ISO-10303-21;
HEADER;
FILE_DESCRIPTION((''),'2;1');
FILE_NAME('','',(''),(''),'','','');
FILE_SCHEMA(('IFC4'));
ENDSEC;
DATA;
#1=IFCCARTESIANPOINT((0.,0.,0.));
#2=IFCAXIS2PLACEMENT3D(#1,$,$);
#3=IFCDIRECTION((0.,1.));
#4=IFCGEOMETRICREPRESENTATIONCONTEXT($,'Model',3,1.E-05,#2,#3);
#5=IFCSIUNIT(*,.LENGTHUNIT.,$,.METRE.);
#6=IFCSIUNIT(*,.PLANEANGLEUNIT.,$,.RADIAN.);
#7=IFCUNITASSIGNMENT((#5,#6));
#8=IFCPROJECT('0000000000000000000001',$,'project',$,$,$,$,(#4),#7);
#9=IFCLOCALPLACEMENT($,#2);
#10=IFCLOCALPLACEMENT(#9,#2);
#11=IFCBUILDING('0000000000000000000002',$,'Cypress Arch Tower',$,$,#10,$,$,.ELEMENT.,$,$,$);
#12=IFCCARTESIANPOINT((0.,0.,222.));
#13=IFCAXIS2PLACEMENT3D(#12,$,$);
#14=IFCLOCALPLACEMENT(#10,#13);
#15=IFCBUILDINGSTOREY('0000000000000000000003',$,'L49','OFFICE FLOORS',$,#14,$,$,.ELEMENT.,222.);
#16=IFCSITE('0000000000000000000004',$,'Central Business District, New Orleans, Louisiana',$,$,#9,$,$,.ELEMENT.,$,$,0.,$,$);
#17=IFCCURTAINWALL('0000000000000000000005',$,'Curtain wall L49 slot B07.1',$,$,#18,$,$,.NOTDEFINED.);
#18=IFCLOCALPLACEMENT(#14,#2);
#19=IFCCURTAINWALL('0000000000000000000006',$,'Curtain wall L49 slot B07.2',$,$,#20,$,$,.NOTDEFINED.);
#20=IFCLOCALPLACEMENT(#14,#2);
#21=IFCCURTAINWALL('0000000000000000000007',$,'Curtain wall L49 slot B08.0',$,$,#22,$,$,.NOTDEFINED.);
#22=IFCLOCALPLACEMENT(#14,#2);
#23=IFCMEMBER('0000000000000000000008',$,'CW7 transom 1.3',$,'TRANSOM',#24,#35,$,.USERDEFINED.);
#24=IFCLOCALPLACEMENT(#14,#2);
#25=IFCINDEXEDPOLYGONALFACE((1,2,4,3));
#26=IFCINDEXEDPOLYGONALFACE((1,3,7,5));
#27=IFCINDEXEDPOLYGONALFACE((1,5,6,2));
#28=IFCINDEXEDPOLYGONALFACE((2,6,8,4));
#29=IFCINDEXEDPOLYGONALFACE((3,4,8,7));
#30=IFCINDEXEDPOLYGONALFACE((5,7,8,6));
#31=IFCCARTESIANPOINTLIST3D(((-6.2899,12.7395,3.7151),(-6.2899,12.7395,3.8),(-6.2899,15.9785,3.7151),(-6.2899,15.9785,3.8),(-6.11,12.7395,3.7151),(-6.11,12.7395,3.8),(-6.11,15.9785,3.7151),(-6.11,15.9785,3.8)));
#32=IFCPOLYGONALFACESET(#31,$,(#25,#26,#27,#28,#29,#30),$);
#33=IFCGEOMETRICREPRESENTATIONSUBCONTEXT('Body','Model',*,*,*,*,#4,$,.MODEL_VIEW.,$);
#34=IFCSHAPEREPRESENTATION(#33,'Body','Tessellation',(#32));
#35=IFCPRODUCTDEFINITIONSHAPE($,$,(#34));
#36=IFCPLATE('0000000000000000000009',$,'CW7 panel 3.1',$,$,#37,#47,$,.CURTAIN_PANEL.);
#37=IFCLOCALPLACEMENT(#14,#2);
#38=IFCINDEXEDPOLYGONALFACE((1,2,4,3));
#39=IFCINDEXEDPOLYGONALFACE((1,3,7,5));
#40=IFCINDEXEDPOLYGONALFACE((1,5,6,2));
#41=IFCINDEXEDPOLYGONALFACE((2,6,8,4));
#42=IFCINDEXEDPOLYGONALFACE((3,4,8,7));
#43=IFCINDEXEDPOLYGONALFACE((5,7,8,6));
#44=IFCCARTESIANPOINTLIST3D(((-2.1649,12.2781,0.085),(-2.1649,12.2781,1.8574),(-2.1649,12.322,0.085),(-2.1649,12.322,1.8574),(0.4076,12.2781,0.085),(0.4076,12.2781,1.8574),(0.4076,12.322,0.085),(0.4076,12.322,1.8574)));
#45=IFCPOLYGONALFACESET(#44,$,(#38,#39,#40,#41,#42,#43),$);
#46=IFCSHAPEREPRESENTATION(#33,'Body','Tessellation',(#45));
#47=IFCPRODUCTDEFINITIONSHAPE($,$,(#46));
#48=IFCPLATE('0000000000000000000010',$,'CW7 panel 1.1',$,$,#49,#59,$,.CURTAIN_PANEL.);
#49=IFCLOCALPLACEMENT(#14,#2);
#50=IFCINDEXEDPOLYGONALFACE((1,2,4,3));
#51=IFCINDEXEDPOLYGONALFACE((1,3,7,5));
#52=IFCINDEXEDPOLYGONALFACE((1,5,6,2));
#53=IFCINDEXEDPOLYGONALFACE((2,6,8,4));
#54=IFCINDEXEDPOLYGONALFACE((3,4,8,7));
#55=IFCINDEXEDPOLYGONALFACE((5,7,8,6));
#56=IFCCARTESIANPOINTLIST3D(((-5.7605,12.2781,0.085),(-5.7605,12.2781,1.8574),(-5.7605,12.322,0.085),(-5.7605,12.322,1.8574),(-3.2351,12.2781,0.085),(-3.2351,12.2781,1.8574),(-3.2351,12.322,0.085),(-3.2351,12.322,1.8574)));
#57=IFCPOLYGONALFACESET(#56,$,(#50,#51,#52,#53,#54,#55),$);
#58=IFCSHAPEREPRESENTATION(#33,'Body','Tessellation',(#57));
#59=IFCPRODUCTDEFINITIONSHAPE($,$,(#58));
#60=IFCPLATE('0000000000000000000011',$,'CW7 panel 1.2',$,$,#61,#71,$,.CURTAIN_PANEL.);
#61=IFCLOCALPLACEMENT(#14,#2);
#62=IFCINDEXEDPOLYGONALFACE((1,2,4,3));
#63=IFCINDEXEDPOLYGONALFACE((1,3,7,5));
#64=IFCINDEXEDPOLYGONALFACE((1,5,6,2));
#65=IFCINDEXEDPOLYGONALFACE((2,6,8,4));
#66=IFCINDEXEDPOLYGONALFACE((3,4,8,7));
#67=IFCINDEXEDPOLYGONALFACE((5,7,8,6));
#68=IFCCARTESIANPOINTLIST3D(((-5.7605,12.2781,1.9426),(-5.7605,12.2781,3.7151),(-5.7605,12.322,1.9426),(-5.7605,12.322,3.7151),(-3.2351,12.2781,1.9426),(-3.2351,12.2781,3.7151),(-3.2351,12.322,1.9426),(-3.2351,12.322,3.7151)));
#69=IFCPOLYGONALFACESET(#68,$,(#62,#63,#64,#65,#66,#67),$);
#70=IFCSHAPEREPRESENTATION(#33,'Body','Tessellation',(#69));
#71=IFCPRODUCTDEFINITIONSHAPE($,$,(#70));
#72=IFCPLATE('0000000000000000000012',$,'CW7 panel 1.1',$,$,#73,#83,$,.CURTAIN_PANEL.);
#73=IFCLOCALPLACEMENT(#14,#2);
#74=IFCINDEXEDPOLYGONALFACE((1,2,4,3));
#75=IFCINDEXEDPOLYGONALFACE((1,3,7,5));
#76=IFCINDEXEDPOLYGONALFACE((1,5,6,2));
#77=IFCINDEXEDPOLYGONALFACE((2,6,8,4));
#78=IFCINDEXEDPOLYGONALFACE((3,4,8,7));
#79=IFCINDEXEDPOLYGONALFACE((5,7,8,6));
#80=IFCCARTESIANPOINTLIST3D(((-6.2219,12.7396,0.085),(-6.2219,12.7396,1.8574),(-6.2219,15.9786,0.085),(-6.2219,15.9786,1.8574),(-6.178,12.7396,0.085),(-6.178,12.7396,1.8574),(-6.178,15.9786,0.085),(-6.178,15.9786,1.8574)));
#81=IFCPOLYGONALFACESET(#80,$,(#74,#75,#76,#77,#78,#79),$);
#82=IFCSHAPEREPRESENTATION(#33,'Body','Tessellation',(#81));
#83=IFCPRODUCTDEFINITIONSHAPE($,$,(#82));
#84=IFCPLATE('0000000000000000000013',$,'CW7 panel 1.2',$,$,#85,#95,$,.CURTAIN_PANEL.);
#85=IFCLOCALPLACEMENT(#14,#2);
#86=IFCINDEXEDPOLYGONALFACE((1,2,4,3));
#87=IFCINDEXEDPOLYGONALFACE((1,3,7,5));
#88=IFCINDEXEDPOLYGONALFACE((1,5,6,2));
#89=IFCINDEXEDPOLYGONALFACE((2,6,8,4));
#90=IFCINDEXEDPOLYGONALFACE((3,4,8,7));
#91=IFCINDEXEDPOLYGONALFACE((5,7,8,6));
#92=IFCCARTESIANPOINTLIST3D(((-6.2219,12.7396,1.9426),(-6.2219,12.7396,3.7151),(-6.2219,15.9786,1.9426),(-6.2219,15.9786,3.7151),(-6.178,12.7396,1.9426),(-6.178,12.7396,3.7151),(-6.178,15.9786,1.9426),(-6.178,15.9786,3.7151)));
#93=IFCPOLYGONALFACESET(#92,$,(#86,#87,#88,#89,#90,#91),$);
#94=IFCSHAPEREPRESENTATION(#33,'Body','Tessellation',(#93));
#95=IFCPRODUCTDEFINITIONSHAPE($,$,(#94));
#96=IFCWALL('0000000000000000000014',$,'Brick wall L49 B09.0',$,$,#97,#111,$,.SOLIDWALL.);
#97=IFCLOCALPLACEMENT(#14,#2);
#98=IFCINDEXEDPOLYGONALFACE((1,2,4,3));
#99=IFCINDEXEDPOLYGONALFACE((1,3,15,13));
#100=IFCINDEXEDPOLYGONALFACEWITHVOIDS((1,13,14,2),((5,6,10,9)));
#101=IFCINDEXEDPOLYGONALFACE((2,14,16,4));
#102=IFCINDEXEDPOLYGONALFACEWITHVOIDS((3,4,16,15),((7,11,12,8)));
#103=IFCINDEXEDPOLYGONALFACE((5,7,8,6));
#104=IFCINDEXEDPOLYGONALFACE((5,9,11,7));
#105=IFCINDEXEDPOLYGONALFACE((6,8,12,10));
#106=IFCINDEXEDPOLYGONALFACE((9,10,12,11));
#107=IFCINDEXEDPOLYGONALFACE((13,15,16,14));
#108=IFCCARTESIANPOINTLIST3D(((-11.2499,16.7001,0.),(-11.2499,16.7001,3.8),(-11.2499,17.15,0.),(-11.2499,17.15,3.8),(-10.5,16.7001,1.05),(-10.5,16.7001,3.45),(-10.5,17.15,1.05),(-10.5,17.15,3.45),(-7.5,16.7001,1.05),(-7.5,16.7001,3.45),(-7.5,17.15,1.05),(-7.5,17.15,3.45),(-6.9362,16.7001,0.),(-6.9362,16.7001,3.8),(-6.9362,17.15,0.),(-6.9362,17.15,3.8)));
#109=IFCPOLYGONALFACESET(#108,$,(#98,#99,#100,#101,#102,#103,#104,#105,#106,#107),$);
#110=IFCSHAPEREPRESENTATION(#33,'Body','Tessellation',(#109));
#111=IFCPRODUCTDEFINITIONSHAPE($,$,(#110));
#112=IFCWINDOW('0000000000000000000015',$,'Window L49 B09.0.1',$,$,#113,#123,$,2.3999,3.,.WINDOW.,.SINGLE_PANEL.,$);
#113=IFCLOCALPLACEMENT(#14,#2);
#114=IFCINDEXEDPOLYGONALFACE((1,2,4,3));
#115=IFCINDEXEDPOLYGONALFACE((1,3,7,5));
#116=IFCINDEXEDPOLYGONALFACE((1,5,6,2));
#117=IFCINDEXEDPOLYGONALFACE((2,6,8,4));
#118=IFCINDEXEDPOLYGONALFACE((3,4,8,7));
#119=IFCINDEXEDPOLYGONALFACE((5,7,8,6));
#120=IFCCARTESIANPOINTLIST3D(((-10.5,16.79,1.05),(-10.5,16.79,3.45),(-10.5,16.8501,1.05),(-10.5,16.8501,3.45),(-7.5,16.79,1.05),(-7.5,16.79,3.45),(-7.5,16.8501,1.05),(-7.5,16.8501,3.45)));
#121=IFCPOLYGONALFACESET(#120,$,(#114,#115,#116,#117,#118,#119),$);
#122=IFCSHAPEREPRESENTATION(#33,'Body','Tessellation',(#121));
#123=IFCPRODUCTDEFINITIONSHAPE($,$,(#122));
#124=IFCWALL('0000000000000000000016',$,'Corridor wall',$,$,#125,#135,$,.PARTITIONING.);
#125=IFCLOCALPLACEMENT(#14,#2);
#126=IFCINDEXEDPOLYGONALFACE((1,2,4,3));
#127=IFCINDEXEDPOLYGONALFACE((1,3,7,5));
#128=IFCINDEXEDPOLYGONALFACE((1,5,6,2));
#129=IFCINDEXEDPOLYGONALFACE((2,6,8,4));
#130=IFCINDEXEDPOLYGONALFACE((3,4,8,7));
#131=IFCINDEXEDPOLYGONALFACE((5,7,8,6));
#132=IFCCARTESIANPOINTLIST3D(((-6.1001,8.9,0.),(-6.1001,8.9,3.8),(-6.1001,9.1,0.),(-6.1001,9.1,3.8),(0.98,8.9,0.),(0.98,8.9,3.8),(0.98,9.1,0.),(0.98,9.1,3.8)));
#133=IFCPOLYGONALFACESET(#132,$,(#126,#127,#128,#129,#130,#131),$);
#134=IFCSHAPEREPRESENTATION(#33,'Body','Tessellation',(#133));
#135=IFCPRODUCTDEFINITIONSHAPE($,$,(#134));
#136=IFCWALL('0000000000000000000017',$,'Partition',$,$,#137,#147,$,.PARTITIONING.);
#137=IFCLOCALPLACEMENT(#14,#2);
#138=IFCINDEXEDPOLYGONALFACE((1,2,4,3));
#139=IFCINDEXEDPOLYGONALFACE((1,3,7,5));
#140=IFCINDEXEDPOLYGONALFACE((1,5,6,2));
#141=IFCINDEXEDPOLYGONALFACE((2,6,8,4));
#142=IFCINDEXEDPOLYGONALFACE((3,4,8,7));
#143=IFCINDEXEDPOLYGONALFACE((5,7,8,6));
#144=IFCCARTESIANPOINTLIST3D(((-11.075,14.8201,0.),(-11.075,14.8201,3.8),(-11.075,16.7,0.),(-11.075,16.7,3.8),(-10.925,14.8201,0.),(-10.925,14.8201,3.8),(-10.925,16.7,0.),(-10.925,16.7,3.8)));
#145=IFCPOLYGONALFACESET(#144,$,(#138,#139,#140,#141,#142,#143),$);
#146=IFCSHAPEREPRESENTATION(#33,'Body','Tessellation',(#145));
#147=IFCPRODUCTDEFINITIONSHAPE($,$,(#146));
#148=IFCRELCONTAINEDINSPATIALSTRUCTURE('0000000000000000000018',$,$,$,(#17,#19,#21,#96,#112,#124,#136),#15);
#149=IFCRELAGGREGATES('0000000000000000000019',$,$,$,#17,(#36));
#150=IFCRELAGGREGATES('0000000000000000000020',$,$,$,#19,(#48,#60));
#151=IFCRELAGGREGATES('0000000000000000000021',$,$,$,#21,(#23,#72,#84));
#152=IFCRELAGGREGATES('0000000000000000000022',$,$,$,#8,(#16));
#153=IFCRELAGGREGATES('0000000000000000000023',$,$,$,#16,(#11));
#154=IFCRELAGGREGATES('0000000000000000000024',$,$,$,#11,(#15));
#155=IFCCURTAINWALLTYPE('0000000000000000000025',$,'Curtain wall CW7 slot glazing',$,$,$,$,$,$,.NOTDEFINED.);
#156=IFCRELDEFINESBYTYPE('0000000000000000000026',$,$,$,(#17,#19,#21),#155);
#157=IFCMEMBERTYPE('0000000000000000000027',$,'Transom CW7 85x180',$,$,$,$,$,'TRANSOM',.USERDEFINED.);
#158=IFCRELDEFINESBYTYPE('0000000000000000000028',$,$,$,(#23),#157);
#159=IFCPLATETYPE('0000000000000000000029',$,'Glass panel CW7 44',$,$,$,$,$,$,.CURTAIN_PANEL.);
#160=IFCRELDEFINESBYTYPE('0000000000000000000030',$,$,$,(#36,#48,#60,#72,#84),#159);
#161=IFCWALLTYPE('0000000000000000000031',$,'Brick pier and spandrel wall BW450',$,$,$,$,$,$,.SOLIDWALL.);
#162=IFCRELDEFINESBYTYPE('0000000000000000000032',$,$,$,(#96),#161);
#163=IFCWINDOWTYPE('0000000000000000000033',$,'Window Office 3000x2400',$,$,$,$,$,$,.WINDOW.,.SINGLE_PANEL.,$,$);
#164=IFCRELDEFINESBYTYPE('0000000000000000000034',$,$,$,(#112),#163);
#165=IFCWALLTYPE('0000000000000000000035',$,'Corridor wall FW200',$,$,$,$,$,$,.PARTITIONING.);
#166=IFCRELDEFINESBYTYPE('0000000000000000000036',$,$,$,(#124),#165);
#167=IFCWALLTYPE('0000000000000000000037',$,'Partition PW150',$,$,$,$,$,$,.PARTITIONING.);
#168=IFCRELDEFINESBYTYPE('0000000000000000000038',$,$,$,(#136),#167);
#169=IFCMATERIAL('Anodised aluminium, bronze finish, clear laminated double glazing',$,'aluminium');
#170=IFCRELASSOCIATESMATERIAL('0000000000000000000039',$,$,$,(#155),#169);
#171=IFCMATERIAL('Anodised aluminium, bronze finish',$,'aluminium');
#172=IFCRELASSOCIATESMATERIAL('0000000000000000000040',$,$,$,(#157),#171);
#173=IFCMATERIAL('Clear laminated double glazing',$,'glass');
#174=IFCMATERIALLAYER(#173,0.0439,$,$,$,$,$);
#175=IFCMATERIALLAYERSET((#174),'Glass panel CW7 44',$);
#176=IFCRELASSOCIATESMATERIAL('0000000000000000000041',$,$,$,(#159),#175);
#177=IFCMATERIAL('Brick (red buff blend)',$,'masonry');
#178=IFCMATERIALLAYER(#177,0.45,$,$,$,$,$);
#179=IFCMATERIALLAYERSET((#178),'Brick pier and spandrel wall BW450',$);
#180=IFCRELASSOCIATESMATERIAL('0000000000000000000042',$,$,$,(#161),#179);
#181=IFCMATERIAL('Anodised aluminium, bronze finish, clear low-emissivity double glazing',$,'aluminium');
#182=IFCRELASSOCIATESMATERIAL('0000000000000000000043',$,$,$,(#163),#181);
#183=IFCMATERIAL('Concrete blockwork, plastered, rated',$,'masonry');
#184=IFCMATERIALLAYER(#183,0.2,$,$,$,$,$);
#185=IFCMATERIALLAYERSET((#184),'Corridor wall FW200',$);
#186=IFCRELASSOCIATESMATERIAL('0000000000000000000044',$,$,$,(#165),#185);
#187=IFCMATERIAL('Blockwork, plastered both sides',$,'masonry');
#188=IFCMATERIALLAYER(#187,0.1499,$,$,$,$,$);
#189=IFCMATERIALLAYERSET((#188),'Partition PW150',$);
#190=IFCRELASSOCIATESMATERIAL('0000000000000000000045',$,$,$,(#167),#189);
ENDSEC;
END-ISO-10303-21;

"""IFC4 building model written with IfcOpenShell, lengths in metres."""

from ifc_helpers import new_model, si_unit, direction, frame, frame_2d, origin, origin_2d, place, context, subcontext, project, spatial, rectangle, extrude, material, layer, layer_set, material_profile, profile_set, type_object, element, fill, aggregate, save


model = new_model("IFC4")

# Units and contexts
model_context = context("Model", 3, precision=1e-05, world=origin(), true_north=direction((0.0, 1.0)))
body_context = subcontext(model_context, "Body", "Model", "MODEL_VIEW")
ifc_project = project(units=[si_unit("LENGTHUNIT", "METRE"), si_unit("PLANEANGLEUNIT", "RADIAN")], contexts=[model_context])

# Site, building, storey
site_placement = place(None, origin())
site = spatial("IfcSite", under=ifc_project, at=site_placement, Name="Central Business District, New Orleans, Louisiana", CompositionType="ELEMENT", RefElevation=0.0)
building_placement = place(site_placement, origin())
building = spatial("IfcBuilding", under=site, at=building_placement, Name="Cypress Arch Tower", CompositionType="ELEMENT")
storey_placement = place(building_placement, frame((0.0, 0.0, 222.0)))
storey = spatial("IfcBuildingStorey", under=building, at=storey_placement, Name="L49", Description="OFFICE FLOORS", CompositionType="ELEMENT", Elevation=222.0)

# Curtain wall
ifc_material_1 = material(Name="Anodised aluminium, bronze finish, clear laminated double glazing", Category="aluminium")
curtain_wall_type = type_object("IfcCurtainWallType", Name="Curtain wall CW7 slot glazing", PredefinedType="NOTDEFINED", material=ifc_material_1)
curtain_wall_1_placement = place(storey_placement, origin())
curtain_wall_1 = element("IfcCurtainWall", 1, at=curtain_wall_1_placement, inside=storey, type_object=curtain_wall_type, Name="Curtain wall L49 slot B07.1", PredefinedType="NOTDEFINED")

# Curtain walls
curtain_wall_2_placement = place(storey_placement, origin())
curtain_wall_2 = element("IfcCurtainWall", 2, at=curtain_wall_2_placement, inside=storey, type_object=curtain_wall_type, Name="Curtain wall L49 slot B07.2", PredefinedType="NOTDEFINED")
curtain_wall_3_placement = place(storey_placement, origin())
curtain_wall_3 = element("IfcCurtainWall", 3, at=curtain_wall_3_placement, inside=storey, type_object=curtain_wall_type, Name="Curtain wall L49 slot B08.0", PredefinedType="NOTDEFINED")

# Member
ifc_material_2 = material(Name="Anodised aluminium, bronze finish", Category="aluminium")
ifc_material_profile_1 = material_profile(ifc_material_2, rectangle(XDim=0.1799, YDim=0.085, at=origin_2d()), Name="Transom 85x180")
ifc_profile_set_1 = profile_set([ifc_material_profile_1], Name="Anodised aluminium, bronze finish")
member_type_1 = type_object("IfcMemberType", Name="Transom CW7 85x180", ElementType="TRANSOM", PredefinedType="USERDEFINED", material=ifc_profile_set_1)
member_1_placement = place(storey_placement, frame((-6.2, 12.7395, 3.7576), z_axis=(0.0, 1.0, 0.0), x_axis=(-1.0, 0.0, 0.0)))
member_1 = element("IfcMember", 4, at=member_1_placement, type_object=member_type_1, Name="CW7 transom 1.3", ObjectType="TRANSOM", PredefinedType="USERDEFINED", context=body_context, shape_type="SweptSolid", body=[
    extrude(rectangle(XDim=0.1799, YDim=0.085, at=origin_2d()), origin(), (0.0, 0.0, 1.0), 3.239),
])

# Plates
ifc_material_3 = material(Name="Clear laminated double glazing", Category="glass")
ifc_layer_1 = layer(ifc_material_3, 0.0439)
ifc_layer_set_1 = layer_set([ifc_layer_1], Name="Glass panel CW7 44")
plate_type = type_object("IfcPlateType", Name="Glass panel CW7 44", PredefinedType="CURTAIN_PANEL", material=ifc_layer_set_1)
plate_1_placement = place(storey_placement, frame((-0.8787, 12.3, 0.085), z_axis=(0.0, 0.0, 1.0), x_axis=(-1.0, 0.0, 0.0)))
plate_1 = element("IfcPlate", 5, at=plate_1_placement, type_object=plate_type, Name="CW7 panel 3.1", PredefinedType="CURTAIN_PANEL", context=body_context, shape_type="SweptSolid", body=[
    extrude(rectangle(XDim=2.5725, YDim=0.0439, at=origin_2d()), origin(), (0.0, 0.0, 1.0), 1.7725),
])
aggregate(curtain_wall_1, [plate_1])
plate_2_placement = place(storey_placement, frame((-4.4978, 12.3, 0.085), z_axis=(0.0, 0.0, 1.0), x_axis=(-1.0, 0.0, 0.0)))
plate_2 = element("IfcPlate", 6, at=plate_2_placement, type_object=plate_type, Name="CW7 panel 1.1", PredefinedType="CURTAIN_PANEL", context=body_context, shape_type="SweptSolid", body=[
    extrude(rectangle(XDim=2.5254, YDim=0.0439, at=origin_2d()), origin(), (0.0, 0.0, 1.0), 1.7725),
])
plate_3_placement = place(storey_placement, frame((-4.4978, 12.3, 1.9426), z_axis=(0.0, 0.0, 1.0), x_axis=(-1.0, 0.0, 0.0)))
plate_3 = element("IfcPlate", 7, at=plate_3_placement, type_object=plate_type, Name="CW7 panel 1.2", PredefinedType="CURTAIN_PANEL", context=body_context, shape_type="SweptSolid", body=[
    extrude(rectangle(XDim=2.5254, YDim=0.0439, at=origin_2d()), origin(), (0.0, 0.0, 1.0), 1.7725),
])
aggregate(curtain_wall_2, [plate_2, plate_3])
plate_4_placement = place(storey_placement, frame((-6.2, 14.3591, 0.085), z_axis=(0.0, 0.0, 1.0), x_axis=(0.0, 1.0, 0.0)))
plate_4 = element("IfcPlate", 8, at=plate_4_placement, type_object=plate_type, Name="CW7 panel 1.1", PredefinedType="CURTAIN_PANEL", context=body_context, shape_type="SweptSolid", body=[
    extrude(rectangle(XDim=3.239, YDim=0.0439, at=origin_2d()), origin(), (0.0, 0.0, 1.0), 1.7725),
])
plate_5_placement = place(storey_placement, frame((-6.2, 14.3591, 1.9426), z_axis=(0.0, 0.0, 1.0), x_axis=(0.0, 1.0, 0.0)))
plate_5 = element("IfcPlate", 9, at=plate_5_placement, type_object=plate_type, Name="CW7 panel 1.2", PredefinedType="CURTAIN_PANEL", context=body_context, shape_type="SweptSolid", body=[
    extrude(rectangle(XDim=3.239, YDim=0.0439, at=origin_2d()), origin(), (0.0, 0.0, 1.0), 1.7725),
])
aggregate(curtain_wall_3, [member_1, plate_4, plate_5])

# Wall, opening, window
ifc_material_4 = material(Name="Brick (red buff blend)", Category="masonry")
ifc_layer_2 = layer(ifc_material_4, 0.45)
ifc_layer_set_2 = layer_set([ifc_layer_2], Name="Brick pier and spandrel wall BW450")
wall_type_1 = type_object("IfcWallType", Name="Brick pier and spandrel wall BW450", PredefinedType="SOLIDWALL", material=ifc_layer_set_2)
wall_1_placement = place(storey_placement, frame((-6.9363, 16.925, 0.0), z_axis=(0.0, 0.0, 1.0), x_axis=(-1.0, 0.0, 0.0)))
wall_1 = element("IfcWall", 10, at=wall_1_placement, inside=storey, type_object=wall_type_1, Name="Brick wall L49 B09.0", PredefinedType="SOLIDWALL", context=body_context, shape_type="SweptSolid", body=[
    extrude(rectangle(XDim=4.3137, YDim=0.45, at=frame_2d((2.1567, 0.0))), origin(), (0.0, 0.0, 1.0), 3.8),
])
opening_1_placement = place(wall_1_placement, frame((0.5637, 0.0, 1.05)))
opening_1 = element("IfcOpeningElement", 11, at=opening_1_placement, cuts=wall_1, PredefinedType="OPENING", context=body_context, shape_type="SweptSolid", body=[
    extrude(rectangle(XDim=3.0, YDim=2.3999, at=frame_2d((1.5, 1.2))), frame((0.0, 0.2349, 0.0), z_axis=(0.0, -1.0, 0.0), x_axis=(1.0, 0.0, 0.0)), (0.0, 0.0, 1.0), 0.47),
])
ifc_material_5 = material(Name="Anodised aluminium, bronze finish, clear low-emissivity double glazing", Category="aluminium")
window_type = type_object("IfcWindowType", Name="Window Office 3000x2400", PartitioningType="SINGLE_PANEL", PredefinedType="WINDOW", material=ifc_material_5)
window_placement = place(opening_1_placement, origin())
window = element("IfcWindow", 12, at=window_placement, inside=storey, type_object=window_type, Name="Window L49 B09.0.1", OverallHeight=2.3999, OverallWidth=3.0, PartitioningType="SINGLE_PANEL", PredefinedType="WINDOW", context=body_context, shape_type="SweptSolid", body=[
    extrude(rectangle(XDim=3.0, YDim=2.3999, at=frame_2d((1.5, 1.2))), frame((0.0, 0.135, 0.0), z_axis=(0.0, -1.0, 0.0), x_axis=(1.0, 0.0, 0.0)), (0.0, 0.0, 1.0), 0.0601),
])
fill(opening_1, window)

# Shared definitions
ifc_material_6 = material(Name="Concrete blockwork, plastered, rated", Category="masonry")
ifc_layer_3 = layer(ifc_material_6, 0.2)
ifc_layer_set_3 = layer_set([ifc_layer_3], Name="Corridor wall FW200")
wall_type_2 = type_object("IfcWallType", Name="Corridor wall FW200", PredefinedType="PARTITIONING", material=ifc_layer_set_3)

# Walls
wall_2_placement = place(storey_placement, frame((-6.1001, 9.0, 0.0), z_axis=(0.0, 0.0, 1.0), x_axis=(1.0, 0.0, 0.0)))
element("IfcWall", 13, at=wall_2_placement, inside=storey, type_object=wall_type_2, Name="Corridor wall", PredefinedType="PARTITIONING", context=body_context, shape_type="SweptSolid", body=[
    extrude(rectangle(XDim=7.0801, YDim=0.2, at=frame_2d((3.54, 0.0))), origin(), (0.0, 0.0, 1.0), 3.8),
])
ifc_material_7 = material(Name="Blockwork, plastered both sides", Category="masonry")
ifc_layer_4 = layer(ifc_material_7, 0.1499)
ifc_layer_set_4 = layer_set([ifc_layer_4], Name="Partition PW150")
wall_type_3 = type_object("IfcWallType", Name="Partition PW150", PredefinedType="PARTITIONING", material=ifc_layer_set_4)
wall_3_placement = place(storey_placement, frame((-11.0, 14.8201, 0.0), z_axis=(0.0, 0.0, 1.0), x_axis=(0.0, 1.0, 0.0)))
element("IfcWall", 14, at=wall_3_placement, inside=storey, type_object=wall_type_3, Name="Partition", PredefinedType="PARTITIONING", context=body_context, shape_type="SweptSolid", body=[
    extrude(rectangle(XDim=1.8799, YDim=0.1499, at=frame_2d((0.9399, 0.0))), origin(), (0.0, 0.0, 1.0), 3.8),
])

save(model, "model.ifc")
